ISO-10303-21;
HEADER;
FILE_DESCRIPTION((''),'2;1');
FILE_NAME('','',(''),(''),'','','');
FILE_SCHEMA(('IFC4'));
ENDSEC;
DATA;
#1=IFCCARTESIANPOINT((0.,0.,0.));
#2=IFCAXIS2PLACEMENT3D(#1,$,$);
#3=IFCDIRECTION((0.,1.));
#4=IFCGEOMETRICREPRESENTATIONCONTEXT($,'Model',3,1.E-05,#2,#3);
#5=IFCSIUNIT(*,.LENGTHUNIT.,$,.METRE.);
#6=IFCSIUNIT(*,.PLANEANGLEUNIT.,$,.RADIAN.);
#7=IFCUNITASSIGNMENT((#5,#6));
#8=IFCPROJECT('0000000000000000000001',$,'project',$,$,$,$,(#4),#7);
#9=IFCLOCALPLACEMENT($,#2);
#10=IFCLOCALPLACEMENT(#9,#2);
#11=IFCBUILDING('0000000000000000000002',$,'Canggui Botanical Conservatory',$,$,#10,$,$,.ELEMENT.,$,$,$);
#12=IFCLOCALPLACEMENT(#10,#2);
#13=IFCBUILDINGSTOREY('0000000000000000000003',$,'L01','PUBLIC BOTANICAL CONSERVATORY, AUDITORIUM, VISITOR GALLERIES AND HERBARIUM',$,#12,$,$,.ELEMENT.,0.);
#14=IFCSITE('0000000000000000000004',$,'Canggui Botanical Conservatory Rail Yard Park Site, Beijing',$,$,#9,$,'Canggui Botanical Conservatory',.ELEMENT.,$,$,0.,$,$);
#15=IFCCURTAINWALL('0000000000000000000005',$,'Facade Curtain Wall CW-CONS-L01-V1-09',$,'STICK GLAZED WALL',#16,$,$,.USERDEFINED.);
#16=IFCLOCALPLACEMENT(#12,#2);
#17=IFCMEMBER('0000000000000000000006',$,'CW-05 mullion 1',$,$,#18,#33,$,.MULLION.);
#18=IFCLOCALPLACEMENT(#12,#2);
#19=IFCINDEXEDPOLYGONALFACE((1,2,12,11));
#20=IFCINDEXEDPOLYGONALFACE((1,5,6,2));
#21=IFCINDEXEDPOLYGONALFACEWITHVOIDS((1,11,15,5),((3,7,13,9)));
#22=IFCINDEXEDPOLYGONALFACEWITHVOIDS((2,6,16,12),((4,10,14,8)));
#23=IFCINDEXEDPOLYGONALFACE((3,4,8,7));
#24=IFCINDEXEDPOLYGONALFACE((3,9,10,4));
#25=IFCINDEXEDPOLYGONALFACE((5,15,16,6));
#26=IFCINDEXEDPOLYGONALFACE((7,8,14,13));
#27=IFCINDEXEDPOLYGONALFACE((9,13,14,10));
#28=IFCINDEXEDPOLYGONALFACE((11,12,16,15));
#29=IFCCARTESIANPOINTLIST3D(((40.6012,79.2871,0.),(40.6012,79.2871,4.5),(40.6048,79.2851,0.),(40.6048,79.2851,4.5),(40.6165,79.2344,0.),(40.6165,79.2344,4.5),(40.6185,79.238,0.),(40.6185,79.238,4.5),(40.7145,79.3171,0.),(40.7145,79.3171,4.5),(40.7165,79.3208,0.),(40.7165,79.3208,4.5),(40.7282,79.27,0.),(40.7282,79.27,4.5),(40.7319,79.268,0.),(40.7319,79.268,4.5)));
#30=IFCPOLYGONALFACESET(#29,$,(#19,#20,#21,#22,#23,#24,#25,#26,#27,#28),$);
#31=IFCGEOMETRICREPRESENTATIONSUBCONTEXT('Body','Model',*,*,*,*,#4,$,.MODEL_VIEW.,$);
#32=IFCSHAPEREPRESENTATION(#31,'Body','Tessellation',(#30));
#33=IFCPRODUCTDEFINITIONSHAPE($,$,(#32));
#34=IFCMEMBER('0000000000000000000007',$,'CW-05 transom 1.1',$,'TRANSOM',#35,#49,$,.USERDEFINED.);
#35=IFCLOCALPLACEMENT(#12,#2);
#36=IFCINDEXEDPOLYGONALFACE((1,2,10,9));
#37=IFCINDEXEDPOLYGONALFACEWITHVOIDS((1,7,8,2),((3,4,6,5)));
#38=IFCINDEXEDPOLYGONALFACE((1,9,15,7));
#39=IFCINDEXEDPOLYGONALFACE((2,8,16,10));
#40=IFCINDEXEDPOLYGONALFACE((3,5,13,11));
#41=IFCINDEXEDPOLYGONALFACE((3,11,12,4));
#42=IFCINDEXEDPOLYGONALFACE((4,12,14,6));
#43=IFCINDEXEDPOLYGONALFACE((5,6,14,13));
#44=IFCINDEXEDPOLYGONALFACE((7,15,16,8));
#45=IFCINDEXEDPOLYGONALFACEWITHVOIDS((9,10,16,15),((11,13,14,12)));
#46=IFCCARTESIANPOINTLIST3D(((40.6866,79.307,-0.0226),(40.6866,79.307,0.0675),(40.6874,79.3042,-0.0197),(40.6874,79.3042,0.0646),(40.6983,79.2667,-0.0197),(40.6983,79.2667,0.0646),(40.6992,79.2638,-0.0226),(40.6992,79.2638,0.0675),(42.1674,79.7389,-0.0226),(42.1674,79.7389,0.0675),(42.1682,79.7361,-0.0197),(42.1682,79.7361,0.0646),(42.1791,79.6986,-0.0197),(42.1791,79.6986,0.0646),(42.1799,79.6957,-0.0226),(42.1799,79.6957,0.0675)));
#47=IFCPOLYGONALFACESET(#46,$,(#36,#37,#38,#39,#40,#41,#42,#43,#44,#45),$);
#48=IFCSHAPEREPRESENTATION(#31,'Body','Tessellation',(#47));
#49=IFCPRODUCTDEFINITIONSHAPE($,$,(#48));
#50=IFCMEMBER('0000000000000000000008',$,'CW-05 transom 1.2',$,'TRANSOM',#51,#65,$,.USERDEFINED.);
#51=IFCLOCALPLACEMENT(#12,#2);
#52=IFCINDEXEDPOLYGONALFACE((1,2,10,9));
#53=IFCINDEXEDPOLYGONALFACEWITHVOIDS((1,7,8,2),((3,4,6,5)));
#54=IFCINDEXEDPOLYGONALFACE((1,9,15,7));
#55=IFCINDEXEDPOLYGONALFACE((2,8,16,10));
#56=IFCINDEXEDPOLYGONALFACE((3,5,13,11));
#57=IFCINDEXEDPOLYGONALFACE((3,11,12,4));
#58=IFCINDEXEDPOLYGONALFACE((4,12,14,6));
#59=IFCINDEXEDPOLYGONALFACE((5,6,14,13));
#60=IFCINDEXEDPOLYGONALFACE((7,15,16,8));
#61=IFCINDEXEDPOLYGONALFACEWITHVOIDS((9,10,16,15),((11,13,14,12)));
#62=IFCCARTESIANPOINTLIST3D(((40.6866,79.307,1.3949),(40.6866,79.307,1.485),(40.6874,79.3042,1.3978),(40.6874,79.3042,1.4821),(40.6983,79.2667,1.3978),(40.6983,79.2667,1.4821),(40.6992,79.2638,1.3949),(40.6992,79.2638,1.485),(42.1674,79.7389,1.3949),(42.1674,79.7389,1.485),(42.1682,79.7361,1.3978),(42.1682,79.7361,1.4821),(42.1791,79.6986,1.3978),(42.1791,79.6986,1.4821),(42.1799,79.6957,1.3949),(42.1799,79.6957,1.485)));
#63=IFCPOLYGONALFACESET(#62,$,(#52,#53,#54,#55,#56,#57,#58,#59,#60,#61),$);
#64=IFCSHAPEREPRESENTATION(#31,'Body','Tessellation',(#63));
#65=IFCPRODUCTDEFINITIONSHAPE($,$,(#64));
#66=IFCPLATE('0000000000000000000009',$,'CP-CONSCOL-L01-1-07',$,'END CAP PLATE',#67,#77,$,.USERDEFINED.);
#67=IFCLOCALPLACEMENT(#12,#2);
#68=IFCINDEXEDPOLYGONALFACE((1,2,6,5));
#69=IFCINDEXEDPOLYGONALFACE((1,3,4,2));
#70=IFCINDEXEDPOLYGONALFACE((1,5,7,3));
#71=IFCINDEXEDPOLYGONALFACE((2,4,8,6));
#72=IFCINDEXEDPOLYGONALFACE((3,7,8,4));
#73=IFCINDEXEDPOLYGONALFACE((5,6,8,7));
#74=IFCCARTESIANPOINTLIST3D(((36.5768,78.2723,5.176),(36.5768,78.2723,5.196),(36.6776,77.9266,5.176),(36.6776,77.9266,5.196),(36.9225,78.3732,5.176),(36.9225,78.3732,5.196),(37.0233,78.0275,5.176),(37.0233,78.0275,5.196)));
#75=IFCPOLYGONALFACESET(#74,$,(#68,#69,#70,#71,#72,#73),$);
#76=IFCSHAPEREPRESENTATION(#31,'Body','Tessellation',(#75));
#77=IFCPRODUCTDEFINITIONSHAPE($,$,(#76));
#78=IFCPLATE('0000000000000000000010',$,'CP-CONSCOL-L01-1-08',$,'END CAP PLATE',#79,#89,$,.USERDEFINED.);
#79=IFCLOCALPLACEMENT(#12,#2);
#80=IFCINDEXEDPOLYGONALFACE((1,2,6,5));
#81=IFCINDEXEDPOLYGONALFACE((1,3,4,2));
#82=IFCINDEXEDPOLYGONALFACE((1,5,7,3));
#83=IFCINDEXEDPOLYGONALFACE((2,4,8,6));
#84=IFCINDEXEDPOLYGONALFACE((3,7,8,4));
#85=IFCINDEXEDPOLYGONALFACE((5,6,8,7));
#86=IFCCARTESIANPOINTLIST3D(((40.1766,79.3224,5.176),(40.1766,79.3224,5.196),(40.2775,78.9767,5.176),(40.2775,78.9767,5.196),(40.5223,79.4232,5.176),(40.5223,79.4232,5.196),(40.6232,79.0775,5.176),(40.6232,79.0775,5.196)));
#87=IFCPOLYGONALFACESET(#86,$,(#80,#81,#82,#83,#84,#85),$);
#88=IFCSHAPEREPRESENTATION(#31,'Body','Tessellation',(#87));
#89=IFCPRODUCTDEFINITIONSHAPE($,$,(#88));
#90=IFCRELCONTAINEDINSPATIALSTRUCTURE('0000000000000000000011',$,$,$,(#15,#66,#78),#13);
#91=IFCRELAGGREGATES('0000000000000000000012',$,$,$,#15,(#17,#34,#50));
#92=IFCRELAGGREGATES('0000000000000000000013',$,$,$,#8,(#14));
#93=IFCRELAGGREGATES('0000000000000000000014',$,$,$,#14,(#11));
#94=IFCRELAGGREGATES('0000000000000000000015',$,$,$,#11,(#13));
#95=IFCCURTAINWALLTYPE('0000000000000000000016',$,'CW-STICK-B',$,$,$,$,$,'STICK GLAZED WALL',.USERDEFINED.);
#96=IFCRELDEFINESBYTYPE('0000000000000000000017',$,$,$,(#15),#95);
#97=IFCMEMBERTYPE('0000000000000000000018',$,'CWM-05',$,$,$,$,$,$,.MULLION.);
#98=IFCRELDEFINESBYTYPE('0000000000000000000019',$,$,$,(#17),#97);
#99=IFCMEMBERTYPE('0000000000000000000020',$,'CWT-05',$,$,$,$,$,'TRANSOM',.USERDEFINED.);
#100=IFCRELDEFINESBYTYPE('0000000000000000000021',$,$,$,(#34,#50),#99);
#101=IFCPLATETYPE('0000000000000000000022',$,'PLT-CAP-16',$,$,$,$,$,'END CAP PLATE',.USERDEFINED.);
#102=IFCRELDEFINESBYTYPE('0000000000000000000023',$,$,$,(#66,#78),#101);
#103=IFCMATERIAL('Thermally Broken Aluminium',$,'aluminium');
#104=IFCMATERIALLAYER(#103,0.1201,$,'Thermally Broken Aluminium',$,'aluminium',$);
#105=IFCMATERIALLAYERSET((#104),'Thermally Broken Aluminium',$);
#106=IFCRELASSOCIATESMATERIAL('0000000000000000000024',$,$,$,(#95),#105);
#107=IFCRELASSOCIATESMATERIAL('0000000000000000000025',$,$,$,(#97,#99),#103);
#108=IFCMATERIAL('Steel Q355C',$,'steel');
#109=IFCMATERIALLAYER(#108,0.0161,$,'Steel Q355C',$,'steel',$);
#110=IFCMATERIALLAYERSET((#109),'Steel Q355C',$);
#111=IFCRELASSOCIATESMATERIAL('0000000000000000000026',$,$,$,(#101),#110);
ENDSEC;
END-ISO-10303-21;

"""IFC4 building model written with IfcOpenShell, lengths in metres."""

from ifc_helpers import new_model, si_unit, direction, frame, origin, origin_2d, place, context, subcontext, project, spatial, rectangle, hollow_rectangle, extrude, material, layer, layer_set, material_profile, profile_set, type_object, element, aggregate, save


model = new_model("IFC4")

# Units and contexts
model_context = context("Model", 3, precision=1e-05, world=origin(), true_north=direction((0.0, 1.0)))
body_context = subcontext(model_context, "Body", "Model", "MODEL_VIEW")
ifc_project = project(units=[si_unit("LENGTHUNIT", "METRE"), si_unit("PLANEANGLEUNIT", "RADIAN")], contexts=[model_context])

# Site, building, storey
site_placement = place(None, origin())
site = spatial("IfcSite", under=ifc_project, at=site_placement, Name="Canggui Botanical Conservatory Rail Yard Park Site, Beijing", LongName="Canggui Botanical Conservatory", CompositionType="ELEMENT", RefElevation=0.0)
building_placement = place(site_placement, origin())
building = spatial("IfcBuilding", under=site, at=building_placement, Name="Canggui Botanical Conservatory", CompositionType="ELEMENT")
storey_placement = place(building_placement, origin())
storey = spatial("IfcBuildingStorey", under=building, at=storey_placement, Name="L01", Description="PUBLIC BOTANICAL CONSERVATORY, AUDITORIUM, VISITOR GALLERIES AND HERBARIUM", CompositionType="ELEMENT", Elevation=0.0)

# Shared definitions
ifc_material_1 = material(Name="Steel Q355C", Category="steel")

# Shared definitions
ifc_material_2 = material(Name="Thermally Broken Aluminium", Category="aluminium")
ifc_layer_1 = layer(ifc_material_2, 0.1201, Name="Thermally Broken Aluminium", Category="aluminium")
ifc_layer_set_1 = layer_set([ifc_layer_1], Name="Thermally Broken Aluminium")
curtain_wall_type = type_object("IfcCurtainWallType", Name="CW-STICK-B", ElementType="STICK GLAZED WALL", PredefinedType="USERDEFINED", material=ifc_layer_set_1)
ifc_material_profile_1 = material_profile(ifc_material_2, hollow_rectangle(XDim=0.0549, YDim=0.1201, WallThickness=0.0029, at=origin_2d()), Name="CWM 55x120x3")
ifc_profile_set_1 = profile_set([ifc_material_profile_1], Name="Thermally Broken Aluminium")
member_type_1 = type_object("IfcMemberType", Name="CWM-05", PredefinedType="MULLION", material=ifc_profile_set_1)

# Curtain wall, members
curtain_wall_1_placement = place(storey_placement, origin())
curtain_wall_1 = element("IfcCurtainWall", 1, at=curtain_wall_1_placement, inside=storey, type_object=curtain_wall_type, Name="Facade Curtain Wall CW-CONS-L01-V1-09", ObjectType="STICK GLAZED WALL", PredefinedType="USERDEFINED")
member_1_placement = place(storey_placement, frame((40.6665, 79.2776, 0.0), z_axis=(0.0, 0.0, 1.0), x_axis=(-0.28, 0.96, 0.0)))
member_1 = element("IfcMember", 2, at=member_1_placement, type_object=member_type_1, Name="CW-05 mullion 1", PredefinedType="MULLION", context=body_context, shape_type="SweptSolid", body=[
    extrude(hollow_rectangle(XDim=0.0549, YDim=0.1201, WallThickness=0.0029, at=origin_2d()), origin(), (0.0, 0.0, 1.0), 4.5),
])
ifc_material_profile_2 = material_profile(ifc_material_2, hollow_rectangle(XDim=0.0449, YDim=0.0901, WallThickness=0.0029, at=origin_2d()), Name="CWT 45x90x3")
ifc_profile_set_2 = profile_set([ifc_material_profile_2], Name="Thermally Broken Aluminium")
member_type_2 = type_object("IfcMemberType", Name="CWT-05", ElementType="TRANSOM", PredefinedType="USERDEFINED", material=ifc_profile_set_2)
member_2_placement = place(storey_placement, frame((40.6929, 79.2854, 0.0225), z_axis=(0.959998, 0.280006, 0.0), x_axis=(-0.280006, 0.959998, 0.0)))
member_2 = element("IfcMember", 3, at=member_2_placement, type_object=member_type_2, Name="CW-05 transom 1.1", ObjectType="TRANSOM", PredefinedType="USERDEFINED", context=body_context, shape_type="SweptSolid", body=[
    extrude(hollow_rectangle(XDim=0.0449, YDim=0.0901, WallThickness=0.0029, at=origin_2d()), origin(), (0.0, 0.0, 1.0), 1.5425),
])
member_3_placement = place(storey_placement, frame((40.6929, 79.2854, 1.4399), z_axis=(0.959998, 0.280006, 0.0), x_axis=(-0.280006, 0.959998, 0.0)))
member_3 = element("IfcMember", 4, at=member_3_placement, type_object=member_type_2, Name="CW-05 transom 1.2", ObjectType="TRANSOM", PredefinedType="USERDEFINED", context=body_context, shape_type="SweptSolid", body=[
    extrude(hollow_rectangle(XDim=0.0449, YDim=0.0901, WallThickness=0.0029, at=origin_2d()), origin(), (0.0, 0.0, 1.0), 1.5425),
])
aggregate(curtain_wall_1, [member_1, member_2, member_3])

# Plates
ifc_layer_2 = layer(ifc_material_1, 0.0161, Name="Steel Q355C", Category="steel")
ifc_layer_set_2 = layer_set([ifc_layer_2], Name="Steel Q355C")
plate_type = type_object("IfcPlateType", Name="PLT-CAP-16", ElementType="END CAP PLATE", PredefinedType="USERDEFINED", material=ifc_layer_set_2)
for number, where, z_axis, x_axis, name in (
    (5, (36.8, 78.1499, 5.176), (0.0, 0.0, 1.0), (0.96, 0.28, 0.0), "CP-CONSCOL-L01-1-07"),
    (6, (40.3999, 79.2, 5.176), (0.0, 0.0, 1.0), (0.96, 0.28, 0.0), "CP-CONSCOL-L01-1-08"),
):
    element("IfcPlate", number, at=place(storey_placement, frame(where, z_axis=z_axis, x_axis=x_axis)), inside=storey, type_object=plate_type, Name=name, ObjectType="END CAP PLATE", PredefinedType="USERDEFINED", context=body_context, shape_type="SweptSolid", body=[
        extrude(rectangle(XDim=0.3601, YDim=0.3601, at=origin_2d()), origin(), (0.0, 0.0, 1.0), 0.02),
    ])

save(model, "model.ifc")
